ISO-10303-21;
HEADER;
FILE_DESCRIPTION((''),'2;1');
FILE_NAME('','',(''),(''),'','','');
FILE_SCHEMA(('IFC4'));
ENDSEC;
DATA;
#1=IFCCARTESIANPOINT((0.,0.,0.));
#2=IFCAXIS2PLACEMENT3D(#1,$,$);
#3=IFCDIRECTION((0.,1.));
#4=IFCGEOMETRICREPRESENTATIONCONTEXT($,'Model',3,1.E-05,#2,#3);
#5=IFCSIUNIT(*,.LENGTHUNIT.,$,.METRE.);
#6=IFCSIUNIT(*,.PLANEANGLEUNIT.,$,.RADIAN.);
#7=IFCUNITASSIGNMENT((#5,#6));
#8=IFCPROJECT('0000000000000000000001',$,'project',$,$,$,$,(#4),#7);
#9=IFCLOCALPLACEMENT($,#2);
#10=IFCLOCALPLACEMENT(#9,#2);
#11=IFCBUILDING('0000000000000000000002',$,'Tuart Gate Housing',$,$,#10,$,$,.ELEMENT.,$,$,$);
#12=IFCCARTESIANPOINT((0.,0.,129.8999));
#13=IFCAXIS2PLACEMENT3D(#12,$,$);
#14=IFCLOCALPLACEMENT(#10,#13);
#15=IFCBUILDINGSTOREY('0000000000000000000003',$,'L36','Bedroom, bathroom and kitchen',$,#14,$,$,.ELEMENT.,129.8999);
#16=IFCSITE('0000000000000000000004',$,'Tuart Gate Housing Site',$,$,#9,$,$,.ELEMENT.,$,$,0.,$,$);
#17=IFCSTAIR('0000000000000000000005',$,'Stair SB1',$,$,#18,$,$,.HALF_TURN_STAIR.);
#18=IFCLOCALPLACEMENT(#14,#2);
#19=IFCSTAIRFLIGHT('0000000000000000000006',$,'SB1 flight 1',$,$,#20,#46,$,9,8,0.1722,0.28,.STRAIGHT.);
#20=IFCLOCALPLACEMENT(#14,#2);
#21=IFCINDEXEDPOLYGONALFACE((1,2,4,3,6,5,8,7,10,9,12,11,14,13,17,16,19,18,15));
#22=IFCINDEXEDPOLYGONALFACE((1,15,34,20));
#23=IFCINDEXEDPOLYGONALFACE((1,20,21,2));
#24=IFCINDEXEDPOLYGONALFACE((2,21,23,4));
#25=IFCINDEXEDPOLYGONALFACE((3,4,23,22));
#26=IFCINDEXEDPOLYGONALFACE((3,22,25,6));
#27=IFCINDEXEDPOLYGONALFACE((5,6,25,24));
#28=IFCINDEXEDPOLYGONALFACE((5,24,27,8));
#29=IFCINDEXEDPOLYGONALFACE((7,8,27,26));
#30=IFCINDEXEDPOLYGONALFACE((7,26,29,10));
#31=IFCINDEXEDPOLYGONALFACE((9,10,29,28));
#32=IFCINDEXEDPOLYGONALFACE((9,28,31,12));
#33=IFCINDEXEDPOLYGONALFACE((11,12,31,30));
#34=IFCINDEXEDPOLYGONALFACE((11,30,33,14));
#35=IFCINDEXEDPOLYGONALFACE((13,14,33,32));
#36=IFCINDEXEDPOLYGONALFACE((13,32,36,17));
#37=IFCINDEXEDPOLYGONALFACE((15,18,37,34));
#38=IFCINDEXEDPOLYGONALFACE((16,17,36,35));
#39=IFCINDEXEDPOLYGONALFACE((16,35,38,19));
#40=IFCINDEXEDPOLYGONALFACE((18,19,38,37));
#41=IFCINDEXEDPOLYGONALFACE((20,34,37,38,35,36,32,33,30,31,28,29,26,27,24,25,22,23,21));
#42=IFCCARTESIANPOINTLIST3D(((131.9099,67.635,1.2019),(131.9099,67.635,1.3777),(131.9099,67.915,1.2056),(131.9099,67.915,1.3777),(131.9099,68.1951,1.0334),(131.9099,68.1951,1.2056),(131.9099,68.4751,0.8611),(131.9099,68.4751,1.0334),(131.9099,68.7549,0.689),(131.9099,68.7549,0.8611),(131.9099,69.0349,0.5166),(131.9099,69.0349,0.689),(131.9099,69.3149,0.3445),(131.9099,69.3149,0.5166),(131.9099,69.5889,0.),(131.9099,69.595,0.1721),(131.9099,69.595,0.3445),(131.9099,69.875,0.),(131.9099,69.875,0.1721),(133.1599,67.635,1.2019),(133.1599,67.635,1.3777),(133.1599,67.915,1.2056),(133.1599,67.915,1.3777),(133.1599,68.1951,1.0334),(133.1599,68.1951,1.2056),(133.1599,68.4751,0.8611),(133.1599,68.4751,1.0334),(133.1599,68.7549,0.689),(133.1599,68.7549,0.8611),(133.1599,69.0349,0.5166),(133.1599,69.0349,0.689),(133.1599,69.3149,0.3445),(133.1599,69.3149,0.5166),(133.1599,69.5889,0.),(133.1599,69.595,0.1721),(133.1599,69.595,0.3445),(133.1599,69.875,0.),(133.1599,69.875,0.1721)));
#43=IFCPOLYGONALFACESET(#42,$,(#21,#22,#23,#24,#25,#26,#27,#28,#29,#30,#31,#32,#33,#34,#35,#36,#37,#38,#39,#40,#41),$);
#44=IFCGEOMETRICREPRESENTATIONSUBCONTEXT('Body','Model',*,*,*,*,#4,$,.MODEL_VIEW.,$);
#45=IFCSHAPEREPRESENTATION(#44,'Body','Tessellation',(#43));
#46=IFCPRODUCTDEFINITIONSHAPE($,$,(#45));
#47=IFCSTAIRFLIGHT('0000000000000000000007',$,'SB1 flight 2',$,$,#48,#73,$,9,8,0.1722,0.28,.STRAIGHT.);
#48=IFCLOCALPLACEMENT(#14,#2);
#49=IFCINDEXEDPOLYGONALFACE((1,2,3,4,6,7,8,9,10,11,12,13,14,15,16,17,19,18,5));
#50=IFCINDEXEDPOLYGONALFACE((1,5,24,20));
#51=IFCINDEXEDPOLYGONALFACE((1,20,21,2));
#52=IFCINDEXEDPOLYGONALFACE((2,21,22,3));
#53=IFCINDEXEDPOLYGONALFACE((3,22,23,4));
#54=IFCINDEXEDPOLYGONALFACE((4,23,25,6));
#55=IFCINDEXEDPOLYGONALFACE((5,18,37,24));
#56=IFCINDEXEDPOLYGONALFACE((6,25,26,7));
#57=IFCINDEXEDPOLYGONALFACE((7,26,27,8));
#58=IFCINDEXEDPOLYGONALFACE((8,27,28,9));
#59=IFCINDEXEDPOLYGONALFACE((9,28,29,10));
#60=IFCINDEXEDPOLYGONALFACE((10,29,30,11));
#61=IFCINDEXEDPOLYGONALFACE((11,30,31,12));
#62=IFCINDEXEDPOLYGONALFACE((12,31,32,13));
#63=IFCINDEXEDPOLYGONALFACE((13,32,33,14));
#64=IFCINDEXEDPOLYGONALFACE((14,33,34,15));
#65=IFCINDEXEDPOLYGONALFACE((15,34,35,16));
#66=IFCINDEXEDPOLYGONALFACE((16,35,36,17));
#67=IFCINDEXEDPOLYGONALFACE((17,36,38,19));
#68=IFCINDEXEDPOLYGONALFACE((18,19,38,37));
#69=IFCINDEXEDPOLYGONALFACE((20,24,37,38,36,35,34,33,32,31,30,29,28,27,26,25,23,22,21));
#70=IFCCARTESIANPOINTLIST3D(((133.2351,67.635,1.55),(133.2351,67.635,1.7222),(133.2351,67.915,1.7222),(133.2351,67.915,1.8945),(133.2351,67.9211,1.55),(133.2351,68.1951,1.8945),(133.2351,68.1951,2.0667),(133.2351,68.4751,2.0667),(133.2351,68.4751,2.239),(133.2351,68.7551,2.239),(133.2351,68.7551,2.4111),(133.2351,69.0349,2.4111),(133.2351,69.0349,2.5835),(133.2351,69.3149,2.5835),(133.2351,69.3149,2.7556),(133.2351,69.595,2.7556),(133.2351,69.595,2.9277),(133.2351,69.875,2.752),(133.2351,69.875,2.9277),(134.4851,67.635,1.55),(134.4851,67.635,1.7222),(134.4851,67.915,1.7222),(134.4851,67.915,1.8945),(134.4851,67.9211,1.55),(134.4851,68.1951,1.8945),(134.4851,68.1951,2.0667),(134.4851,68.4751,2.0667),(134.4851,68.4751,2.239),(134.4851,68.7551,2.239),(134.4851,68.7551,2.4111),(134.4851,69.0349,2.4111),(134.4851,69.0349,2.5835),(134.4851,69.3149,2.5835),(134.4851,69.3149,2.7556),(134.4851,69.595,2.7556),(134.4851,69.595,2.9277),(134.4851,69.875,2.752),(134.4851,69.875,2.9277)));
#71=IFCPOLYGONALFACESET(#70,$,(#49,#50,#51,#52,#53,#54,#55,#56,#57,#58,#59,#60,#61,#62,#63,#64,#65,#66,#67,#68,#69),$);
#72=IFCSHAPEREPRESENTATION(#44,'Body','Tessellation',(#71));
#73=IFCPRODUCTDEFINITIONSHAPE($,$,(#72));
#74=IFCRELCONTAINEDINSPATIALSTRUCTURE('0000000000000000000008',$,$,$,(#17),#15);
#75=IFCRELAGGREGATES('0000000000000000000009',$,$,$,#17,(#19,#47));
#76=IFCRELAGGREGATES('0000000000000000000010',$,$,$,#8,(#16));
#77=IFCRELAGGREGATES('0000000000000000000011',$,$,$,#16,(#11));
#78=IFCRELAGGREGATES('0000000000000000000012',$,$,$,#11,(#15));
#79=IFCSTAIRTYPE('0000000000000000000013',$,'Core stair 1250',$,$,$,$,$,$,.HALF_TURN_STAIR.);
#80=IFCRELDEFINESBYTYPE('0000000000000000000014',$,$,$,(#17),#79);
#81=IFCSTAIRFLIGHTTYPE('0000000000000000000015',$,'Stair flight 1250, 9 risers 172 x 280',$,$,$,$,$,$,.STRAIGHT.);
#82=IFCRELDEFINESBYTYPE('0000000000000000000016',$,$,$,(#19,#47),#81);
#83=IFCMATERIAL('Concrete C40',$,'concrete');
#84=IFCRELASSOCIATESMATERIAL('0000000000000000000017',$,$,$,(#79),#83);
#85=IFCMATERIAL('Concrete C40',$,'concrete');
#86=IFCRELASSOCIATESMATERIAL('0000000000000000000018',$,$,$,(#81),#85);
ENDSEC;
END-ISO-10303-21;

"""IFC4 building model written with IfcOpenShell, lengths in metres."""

from ifc_helpers import new_model, si_unit, direction, frame, origin, place, context, subcontext, project, spatial, polyline, outline, extrude, material, type_object, element, aggregate, save


model = new_model("IFC4")

# Units and contexts
model_context = context("Model", 3, precision=1e-05, world=origin(), true_north=direction((0.0, 1.0)))
body_context = subcontext(model_context, "Body", "Model", "MODEL_VIEW")
ifc_project = project(units=[si_unit("LENGTHUNIT", "METRE"), si_unit("PLANEANGLEUNIT", "RADIAN")], contexts=[model_context])

# Site, building, storey
site_placement = place(None, origin())
site = spatial("IfcSite", under=ifc_project, at=site_placement, Name="Tuart Gate Housing Site", CompositionType="ELEMENT", RefElevation=0.0)
building_placement = place(site_placement, origin())
building = spatial("IfcBuilding", under=site, at=building_placement, Name="Tuart Gate Housing", CompositionType="ELEMENT")
storey_placement = place(building_placement, frame((0.0, 0.0, 129.8999)))
storey = spatial("IfcBuildingStorey", under=building, at=storey_placement, Name="L36", Description="Bedroom, bathroom and kitchen", CompositionType="ELEMENT", Elevation=129.8999)

# Stair, stair flights
ifc_material_1 = material(Name="Concrete C40", Category="concrete")
stair_type = type_object("IfcStairType", Name="Core stair 1250", PredefinedType="HALF_TURN_STAIR", material=ifc_material_1)
stair_placement = place(storey_placement, origin())
stair = element("IfcStair", 1, at=stair_placement, inside=storey, type_object=stair_type, Name="Stair SB1", PredefinedType="HALF_TURN_STAIR")
ifc_material_2 = material(Name="Concrete C40", Category="concrete")
stair_flight_type = type_object("IfcStairFlightType", Name="Stair flight 1250, 9 risers 172 x 280", PredefinedType="STRAIGHT", material=ifc_material_2)
stair_flight_1_placement = place(storey_placement, frame((132.5349, 69.875, 0.0), z_axis=(0.0, 0.0, 1.0), x_axis=(0.0, -1.0, 0.0)))
stair_flight_1 = element("IfcStairFlight", 2, at=stair_flight_1_placement, type_object=stair_flight_type, Name="SB1 flight 1", NumberOfRisers=9, NumberOfTreads=8, PredefinedType="STRAIGHT", RiserHeight=0.1722, TreadLength=0.28, context=body_context, shape_type="SweptSolid", body=[
    extrude(outline(polyline([(0.0, 0.0), (0.0, 0.1721), (0.28, 0.1721), (0.28, 0.3445), (0.5601, 0.3445), (0.5601, 0.5166), (0.8401, 0.5166), (0.8401, 0.689), (1.1201, 0.689), (1.1201, 0.8611), (1.3999, 0.8611), (1.3999, 1.0334), (1.6799, 1.0334), (1.6799, 1.2056), (1.96, 1.2056), (1.96, 1.3777), (2.24, 1.3777), (2.24, 1.55), (2.24, 1.2019), (0.2861, 0.0), (0.0, 0.0)])), frame((0.0, 0.625, 0.0), z_axis=(0.0, -1.0, 0.0), x_axis=(1.0, 0.0, 0.0)), (0.0, 0.0, 1.0), 1.25),
])
stair_flight_2_placement = place(storey_placement, frame((133.8601, 67.635, 1.55), z_axis=(0.0, 0.0, 1.0), x_axis=(0.0, 1.0, 0.0)))
stair_flight_2 = element("IfcStairFlight", 3, at=stair_flight_2_placement, type_object=stair_flight_type, Name="SB1 flight 2", NumberOfRisers=9, NumberOfTreads=8, PredefinedType="STRAIGHT", RiserHeight=0.1722, TreadLength=0.28, context=body_context, shape_type="SweptSolid", body=[
    extrude(outline(polyline([(0.0, 0.0), (0.0, 0.1721), (0.28, 0.1721), (0.28, 0.3445), (0.5601, 0.3445), (0.5601, 0.5166), (0.8401, 0.5166), (0.8401, 0.689), (1.1201, 0.689), (1.1201, 0.8611), (1.3999, 0.8611), (1.3999, 1.0334), (1.6799, 1.0334), (1.6799, 1.2056), (1.96, 1.2056), (1.96, 1.3777), (2.24, 1.3777), (2.24, 1.55), (2.24, 1.2019), (0.2861, 0.0), (0.0, 0.0)])), frame((0.0, 0.625, 0.0), z_axis=(0.0, -1.0, 0.0), x_axis=(1.0, 0.0, 0.0)), (0.0, 0.0, 1.0), 1.25),
])
aggregate(stair, [stair_flight_1, stair_flight_2])

save(model, "model.ifc")
